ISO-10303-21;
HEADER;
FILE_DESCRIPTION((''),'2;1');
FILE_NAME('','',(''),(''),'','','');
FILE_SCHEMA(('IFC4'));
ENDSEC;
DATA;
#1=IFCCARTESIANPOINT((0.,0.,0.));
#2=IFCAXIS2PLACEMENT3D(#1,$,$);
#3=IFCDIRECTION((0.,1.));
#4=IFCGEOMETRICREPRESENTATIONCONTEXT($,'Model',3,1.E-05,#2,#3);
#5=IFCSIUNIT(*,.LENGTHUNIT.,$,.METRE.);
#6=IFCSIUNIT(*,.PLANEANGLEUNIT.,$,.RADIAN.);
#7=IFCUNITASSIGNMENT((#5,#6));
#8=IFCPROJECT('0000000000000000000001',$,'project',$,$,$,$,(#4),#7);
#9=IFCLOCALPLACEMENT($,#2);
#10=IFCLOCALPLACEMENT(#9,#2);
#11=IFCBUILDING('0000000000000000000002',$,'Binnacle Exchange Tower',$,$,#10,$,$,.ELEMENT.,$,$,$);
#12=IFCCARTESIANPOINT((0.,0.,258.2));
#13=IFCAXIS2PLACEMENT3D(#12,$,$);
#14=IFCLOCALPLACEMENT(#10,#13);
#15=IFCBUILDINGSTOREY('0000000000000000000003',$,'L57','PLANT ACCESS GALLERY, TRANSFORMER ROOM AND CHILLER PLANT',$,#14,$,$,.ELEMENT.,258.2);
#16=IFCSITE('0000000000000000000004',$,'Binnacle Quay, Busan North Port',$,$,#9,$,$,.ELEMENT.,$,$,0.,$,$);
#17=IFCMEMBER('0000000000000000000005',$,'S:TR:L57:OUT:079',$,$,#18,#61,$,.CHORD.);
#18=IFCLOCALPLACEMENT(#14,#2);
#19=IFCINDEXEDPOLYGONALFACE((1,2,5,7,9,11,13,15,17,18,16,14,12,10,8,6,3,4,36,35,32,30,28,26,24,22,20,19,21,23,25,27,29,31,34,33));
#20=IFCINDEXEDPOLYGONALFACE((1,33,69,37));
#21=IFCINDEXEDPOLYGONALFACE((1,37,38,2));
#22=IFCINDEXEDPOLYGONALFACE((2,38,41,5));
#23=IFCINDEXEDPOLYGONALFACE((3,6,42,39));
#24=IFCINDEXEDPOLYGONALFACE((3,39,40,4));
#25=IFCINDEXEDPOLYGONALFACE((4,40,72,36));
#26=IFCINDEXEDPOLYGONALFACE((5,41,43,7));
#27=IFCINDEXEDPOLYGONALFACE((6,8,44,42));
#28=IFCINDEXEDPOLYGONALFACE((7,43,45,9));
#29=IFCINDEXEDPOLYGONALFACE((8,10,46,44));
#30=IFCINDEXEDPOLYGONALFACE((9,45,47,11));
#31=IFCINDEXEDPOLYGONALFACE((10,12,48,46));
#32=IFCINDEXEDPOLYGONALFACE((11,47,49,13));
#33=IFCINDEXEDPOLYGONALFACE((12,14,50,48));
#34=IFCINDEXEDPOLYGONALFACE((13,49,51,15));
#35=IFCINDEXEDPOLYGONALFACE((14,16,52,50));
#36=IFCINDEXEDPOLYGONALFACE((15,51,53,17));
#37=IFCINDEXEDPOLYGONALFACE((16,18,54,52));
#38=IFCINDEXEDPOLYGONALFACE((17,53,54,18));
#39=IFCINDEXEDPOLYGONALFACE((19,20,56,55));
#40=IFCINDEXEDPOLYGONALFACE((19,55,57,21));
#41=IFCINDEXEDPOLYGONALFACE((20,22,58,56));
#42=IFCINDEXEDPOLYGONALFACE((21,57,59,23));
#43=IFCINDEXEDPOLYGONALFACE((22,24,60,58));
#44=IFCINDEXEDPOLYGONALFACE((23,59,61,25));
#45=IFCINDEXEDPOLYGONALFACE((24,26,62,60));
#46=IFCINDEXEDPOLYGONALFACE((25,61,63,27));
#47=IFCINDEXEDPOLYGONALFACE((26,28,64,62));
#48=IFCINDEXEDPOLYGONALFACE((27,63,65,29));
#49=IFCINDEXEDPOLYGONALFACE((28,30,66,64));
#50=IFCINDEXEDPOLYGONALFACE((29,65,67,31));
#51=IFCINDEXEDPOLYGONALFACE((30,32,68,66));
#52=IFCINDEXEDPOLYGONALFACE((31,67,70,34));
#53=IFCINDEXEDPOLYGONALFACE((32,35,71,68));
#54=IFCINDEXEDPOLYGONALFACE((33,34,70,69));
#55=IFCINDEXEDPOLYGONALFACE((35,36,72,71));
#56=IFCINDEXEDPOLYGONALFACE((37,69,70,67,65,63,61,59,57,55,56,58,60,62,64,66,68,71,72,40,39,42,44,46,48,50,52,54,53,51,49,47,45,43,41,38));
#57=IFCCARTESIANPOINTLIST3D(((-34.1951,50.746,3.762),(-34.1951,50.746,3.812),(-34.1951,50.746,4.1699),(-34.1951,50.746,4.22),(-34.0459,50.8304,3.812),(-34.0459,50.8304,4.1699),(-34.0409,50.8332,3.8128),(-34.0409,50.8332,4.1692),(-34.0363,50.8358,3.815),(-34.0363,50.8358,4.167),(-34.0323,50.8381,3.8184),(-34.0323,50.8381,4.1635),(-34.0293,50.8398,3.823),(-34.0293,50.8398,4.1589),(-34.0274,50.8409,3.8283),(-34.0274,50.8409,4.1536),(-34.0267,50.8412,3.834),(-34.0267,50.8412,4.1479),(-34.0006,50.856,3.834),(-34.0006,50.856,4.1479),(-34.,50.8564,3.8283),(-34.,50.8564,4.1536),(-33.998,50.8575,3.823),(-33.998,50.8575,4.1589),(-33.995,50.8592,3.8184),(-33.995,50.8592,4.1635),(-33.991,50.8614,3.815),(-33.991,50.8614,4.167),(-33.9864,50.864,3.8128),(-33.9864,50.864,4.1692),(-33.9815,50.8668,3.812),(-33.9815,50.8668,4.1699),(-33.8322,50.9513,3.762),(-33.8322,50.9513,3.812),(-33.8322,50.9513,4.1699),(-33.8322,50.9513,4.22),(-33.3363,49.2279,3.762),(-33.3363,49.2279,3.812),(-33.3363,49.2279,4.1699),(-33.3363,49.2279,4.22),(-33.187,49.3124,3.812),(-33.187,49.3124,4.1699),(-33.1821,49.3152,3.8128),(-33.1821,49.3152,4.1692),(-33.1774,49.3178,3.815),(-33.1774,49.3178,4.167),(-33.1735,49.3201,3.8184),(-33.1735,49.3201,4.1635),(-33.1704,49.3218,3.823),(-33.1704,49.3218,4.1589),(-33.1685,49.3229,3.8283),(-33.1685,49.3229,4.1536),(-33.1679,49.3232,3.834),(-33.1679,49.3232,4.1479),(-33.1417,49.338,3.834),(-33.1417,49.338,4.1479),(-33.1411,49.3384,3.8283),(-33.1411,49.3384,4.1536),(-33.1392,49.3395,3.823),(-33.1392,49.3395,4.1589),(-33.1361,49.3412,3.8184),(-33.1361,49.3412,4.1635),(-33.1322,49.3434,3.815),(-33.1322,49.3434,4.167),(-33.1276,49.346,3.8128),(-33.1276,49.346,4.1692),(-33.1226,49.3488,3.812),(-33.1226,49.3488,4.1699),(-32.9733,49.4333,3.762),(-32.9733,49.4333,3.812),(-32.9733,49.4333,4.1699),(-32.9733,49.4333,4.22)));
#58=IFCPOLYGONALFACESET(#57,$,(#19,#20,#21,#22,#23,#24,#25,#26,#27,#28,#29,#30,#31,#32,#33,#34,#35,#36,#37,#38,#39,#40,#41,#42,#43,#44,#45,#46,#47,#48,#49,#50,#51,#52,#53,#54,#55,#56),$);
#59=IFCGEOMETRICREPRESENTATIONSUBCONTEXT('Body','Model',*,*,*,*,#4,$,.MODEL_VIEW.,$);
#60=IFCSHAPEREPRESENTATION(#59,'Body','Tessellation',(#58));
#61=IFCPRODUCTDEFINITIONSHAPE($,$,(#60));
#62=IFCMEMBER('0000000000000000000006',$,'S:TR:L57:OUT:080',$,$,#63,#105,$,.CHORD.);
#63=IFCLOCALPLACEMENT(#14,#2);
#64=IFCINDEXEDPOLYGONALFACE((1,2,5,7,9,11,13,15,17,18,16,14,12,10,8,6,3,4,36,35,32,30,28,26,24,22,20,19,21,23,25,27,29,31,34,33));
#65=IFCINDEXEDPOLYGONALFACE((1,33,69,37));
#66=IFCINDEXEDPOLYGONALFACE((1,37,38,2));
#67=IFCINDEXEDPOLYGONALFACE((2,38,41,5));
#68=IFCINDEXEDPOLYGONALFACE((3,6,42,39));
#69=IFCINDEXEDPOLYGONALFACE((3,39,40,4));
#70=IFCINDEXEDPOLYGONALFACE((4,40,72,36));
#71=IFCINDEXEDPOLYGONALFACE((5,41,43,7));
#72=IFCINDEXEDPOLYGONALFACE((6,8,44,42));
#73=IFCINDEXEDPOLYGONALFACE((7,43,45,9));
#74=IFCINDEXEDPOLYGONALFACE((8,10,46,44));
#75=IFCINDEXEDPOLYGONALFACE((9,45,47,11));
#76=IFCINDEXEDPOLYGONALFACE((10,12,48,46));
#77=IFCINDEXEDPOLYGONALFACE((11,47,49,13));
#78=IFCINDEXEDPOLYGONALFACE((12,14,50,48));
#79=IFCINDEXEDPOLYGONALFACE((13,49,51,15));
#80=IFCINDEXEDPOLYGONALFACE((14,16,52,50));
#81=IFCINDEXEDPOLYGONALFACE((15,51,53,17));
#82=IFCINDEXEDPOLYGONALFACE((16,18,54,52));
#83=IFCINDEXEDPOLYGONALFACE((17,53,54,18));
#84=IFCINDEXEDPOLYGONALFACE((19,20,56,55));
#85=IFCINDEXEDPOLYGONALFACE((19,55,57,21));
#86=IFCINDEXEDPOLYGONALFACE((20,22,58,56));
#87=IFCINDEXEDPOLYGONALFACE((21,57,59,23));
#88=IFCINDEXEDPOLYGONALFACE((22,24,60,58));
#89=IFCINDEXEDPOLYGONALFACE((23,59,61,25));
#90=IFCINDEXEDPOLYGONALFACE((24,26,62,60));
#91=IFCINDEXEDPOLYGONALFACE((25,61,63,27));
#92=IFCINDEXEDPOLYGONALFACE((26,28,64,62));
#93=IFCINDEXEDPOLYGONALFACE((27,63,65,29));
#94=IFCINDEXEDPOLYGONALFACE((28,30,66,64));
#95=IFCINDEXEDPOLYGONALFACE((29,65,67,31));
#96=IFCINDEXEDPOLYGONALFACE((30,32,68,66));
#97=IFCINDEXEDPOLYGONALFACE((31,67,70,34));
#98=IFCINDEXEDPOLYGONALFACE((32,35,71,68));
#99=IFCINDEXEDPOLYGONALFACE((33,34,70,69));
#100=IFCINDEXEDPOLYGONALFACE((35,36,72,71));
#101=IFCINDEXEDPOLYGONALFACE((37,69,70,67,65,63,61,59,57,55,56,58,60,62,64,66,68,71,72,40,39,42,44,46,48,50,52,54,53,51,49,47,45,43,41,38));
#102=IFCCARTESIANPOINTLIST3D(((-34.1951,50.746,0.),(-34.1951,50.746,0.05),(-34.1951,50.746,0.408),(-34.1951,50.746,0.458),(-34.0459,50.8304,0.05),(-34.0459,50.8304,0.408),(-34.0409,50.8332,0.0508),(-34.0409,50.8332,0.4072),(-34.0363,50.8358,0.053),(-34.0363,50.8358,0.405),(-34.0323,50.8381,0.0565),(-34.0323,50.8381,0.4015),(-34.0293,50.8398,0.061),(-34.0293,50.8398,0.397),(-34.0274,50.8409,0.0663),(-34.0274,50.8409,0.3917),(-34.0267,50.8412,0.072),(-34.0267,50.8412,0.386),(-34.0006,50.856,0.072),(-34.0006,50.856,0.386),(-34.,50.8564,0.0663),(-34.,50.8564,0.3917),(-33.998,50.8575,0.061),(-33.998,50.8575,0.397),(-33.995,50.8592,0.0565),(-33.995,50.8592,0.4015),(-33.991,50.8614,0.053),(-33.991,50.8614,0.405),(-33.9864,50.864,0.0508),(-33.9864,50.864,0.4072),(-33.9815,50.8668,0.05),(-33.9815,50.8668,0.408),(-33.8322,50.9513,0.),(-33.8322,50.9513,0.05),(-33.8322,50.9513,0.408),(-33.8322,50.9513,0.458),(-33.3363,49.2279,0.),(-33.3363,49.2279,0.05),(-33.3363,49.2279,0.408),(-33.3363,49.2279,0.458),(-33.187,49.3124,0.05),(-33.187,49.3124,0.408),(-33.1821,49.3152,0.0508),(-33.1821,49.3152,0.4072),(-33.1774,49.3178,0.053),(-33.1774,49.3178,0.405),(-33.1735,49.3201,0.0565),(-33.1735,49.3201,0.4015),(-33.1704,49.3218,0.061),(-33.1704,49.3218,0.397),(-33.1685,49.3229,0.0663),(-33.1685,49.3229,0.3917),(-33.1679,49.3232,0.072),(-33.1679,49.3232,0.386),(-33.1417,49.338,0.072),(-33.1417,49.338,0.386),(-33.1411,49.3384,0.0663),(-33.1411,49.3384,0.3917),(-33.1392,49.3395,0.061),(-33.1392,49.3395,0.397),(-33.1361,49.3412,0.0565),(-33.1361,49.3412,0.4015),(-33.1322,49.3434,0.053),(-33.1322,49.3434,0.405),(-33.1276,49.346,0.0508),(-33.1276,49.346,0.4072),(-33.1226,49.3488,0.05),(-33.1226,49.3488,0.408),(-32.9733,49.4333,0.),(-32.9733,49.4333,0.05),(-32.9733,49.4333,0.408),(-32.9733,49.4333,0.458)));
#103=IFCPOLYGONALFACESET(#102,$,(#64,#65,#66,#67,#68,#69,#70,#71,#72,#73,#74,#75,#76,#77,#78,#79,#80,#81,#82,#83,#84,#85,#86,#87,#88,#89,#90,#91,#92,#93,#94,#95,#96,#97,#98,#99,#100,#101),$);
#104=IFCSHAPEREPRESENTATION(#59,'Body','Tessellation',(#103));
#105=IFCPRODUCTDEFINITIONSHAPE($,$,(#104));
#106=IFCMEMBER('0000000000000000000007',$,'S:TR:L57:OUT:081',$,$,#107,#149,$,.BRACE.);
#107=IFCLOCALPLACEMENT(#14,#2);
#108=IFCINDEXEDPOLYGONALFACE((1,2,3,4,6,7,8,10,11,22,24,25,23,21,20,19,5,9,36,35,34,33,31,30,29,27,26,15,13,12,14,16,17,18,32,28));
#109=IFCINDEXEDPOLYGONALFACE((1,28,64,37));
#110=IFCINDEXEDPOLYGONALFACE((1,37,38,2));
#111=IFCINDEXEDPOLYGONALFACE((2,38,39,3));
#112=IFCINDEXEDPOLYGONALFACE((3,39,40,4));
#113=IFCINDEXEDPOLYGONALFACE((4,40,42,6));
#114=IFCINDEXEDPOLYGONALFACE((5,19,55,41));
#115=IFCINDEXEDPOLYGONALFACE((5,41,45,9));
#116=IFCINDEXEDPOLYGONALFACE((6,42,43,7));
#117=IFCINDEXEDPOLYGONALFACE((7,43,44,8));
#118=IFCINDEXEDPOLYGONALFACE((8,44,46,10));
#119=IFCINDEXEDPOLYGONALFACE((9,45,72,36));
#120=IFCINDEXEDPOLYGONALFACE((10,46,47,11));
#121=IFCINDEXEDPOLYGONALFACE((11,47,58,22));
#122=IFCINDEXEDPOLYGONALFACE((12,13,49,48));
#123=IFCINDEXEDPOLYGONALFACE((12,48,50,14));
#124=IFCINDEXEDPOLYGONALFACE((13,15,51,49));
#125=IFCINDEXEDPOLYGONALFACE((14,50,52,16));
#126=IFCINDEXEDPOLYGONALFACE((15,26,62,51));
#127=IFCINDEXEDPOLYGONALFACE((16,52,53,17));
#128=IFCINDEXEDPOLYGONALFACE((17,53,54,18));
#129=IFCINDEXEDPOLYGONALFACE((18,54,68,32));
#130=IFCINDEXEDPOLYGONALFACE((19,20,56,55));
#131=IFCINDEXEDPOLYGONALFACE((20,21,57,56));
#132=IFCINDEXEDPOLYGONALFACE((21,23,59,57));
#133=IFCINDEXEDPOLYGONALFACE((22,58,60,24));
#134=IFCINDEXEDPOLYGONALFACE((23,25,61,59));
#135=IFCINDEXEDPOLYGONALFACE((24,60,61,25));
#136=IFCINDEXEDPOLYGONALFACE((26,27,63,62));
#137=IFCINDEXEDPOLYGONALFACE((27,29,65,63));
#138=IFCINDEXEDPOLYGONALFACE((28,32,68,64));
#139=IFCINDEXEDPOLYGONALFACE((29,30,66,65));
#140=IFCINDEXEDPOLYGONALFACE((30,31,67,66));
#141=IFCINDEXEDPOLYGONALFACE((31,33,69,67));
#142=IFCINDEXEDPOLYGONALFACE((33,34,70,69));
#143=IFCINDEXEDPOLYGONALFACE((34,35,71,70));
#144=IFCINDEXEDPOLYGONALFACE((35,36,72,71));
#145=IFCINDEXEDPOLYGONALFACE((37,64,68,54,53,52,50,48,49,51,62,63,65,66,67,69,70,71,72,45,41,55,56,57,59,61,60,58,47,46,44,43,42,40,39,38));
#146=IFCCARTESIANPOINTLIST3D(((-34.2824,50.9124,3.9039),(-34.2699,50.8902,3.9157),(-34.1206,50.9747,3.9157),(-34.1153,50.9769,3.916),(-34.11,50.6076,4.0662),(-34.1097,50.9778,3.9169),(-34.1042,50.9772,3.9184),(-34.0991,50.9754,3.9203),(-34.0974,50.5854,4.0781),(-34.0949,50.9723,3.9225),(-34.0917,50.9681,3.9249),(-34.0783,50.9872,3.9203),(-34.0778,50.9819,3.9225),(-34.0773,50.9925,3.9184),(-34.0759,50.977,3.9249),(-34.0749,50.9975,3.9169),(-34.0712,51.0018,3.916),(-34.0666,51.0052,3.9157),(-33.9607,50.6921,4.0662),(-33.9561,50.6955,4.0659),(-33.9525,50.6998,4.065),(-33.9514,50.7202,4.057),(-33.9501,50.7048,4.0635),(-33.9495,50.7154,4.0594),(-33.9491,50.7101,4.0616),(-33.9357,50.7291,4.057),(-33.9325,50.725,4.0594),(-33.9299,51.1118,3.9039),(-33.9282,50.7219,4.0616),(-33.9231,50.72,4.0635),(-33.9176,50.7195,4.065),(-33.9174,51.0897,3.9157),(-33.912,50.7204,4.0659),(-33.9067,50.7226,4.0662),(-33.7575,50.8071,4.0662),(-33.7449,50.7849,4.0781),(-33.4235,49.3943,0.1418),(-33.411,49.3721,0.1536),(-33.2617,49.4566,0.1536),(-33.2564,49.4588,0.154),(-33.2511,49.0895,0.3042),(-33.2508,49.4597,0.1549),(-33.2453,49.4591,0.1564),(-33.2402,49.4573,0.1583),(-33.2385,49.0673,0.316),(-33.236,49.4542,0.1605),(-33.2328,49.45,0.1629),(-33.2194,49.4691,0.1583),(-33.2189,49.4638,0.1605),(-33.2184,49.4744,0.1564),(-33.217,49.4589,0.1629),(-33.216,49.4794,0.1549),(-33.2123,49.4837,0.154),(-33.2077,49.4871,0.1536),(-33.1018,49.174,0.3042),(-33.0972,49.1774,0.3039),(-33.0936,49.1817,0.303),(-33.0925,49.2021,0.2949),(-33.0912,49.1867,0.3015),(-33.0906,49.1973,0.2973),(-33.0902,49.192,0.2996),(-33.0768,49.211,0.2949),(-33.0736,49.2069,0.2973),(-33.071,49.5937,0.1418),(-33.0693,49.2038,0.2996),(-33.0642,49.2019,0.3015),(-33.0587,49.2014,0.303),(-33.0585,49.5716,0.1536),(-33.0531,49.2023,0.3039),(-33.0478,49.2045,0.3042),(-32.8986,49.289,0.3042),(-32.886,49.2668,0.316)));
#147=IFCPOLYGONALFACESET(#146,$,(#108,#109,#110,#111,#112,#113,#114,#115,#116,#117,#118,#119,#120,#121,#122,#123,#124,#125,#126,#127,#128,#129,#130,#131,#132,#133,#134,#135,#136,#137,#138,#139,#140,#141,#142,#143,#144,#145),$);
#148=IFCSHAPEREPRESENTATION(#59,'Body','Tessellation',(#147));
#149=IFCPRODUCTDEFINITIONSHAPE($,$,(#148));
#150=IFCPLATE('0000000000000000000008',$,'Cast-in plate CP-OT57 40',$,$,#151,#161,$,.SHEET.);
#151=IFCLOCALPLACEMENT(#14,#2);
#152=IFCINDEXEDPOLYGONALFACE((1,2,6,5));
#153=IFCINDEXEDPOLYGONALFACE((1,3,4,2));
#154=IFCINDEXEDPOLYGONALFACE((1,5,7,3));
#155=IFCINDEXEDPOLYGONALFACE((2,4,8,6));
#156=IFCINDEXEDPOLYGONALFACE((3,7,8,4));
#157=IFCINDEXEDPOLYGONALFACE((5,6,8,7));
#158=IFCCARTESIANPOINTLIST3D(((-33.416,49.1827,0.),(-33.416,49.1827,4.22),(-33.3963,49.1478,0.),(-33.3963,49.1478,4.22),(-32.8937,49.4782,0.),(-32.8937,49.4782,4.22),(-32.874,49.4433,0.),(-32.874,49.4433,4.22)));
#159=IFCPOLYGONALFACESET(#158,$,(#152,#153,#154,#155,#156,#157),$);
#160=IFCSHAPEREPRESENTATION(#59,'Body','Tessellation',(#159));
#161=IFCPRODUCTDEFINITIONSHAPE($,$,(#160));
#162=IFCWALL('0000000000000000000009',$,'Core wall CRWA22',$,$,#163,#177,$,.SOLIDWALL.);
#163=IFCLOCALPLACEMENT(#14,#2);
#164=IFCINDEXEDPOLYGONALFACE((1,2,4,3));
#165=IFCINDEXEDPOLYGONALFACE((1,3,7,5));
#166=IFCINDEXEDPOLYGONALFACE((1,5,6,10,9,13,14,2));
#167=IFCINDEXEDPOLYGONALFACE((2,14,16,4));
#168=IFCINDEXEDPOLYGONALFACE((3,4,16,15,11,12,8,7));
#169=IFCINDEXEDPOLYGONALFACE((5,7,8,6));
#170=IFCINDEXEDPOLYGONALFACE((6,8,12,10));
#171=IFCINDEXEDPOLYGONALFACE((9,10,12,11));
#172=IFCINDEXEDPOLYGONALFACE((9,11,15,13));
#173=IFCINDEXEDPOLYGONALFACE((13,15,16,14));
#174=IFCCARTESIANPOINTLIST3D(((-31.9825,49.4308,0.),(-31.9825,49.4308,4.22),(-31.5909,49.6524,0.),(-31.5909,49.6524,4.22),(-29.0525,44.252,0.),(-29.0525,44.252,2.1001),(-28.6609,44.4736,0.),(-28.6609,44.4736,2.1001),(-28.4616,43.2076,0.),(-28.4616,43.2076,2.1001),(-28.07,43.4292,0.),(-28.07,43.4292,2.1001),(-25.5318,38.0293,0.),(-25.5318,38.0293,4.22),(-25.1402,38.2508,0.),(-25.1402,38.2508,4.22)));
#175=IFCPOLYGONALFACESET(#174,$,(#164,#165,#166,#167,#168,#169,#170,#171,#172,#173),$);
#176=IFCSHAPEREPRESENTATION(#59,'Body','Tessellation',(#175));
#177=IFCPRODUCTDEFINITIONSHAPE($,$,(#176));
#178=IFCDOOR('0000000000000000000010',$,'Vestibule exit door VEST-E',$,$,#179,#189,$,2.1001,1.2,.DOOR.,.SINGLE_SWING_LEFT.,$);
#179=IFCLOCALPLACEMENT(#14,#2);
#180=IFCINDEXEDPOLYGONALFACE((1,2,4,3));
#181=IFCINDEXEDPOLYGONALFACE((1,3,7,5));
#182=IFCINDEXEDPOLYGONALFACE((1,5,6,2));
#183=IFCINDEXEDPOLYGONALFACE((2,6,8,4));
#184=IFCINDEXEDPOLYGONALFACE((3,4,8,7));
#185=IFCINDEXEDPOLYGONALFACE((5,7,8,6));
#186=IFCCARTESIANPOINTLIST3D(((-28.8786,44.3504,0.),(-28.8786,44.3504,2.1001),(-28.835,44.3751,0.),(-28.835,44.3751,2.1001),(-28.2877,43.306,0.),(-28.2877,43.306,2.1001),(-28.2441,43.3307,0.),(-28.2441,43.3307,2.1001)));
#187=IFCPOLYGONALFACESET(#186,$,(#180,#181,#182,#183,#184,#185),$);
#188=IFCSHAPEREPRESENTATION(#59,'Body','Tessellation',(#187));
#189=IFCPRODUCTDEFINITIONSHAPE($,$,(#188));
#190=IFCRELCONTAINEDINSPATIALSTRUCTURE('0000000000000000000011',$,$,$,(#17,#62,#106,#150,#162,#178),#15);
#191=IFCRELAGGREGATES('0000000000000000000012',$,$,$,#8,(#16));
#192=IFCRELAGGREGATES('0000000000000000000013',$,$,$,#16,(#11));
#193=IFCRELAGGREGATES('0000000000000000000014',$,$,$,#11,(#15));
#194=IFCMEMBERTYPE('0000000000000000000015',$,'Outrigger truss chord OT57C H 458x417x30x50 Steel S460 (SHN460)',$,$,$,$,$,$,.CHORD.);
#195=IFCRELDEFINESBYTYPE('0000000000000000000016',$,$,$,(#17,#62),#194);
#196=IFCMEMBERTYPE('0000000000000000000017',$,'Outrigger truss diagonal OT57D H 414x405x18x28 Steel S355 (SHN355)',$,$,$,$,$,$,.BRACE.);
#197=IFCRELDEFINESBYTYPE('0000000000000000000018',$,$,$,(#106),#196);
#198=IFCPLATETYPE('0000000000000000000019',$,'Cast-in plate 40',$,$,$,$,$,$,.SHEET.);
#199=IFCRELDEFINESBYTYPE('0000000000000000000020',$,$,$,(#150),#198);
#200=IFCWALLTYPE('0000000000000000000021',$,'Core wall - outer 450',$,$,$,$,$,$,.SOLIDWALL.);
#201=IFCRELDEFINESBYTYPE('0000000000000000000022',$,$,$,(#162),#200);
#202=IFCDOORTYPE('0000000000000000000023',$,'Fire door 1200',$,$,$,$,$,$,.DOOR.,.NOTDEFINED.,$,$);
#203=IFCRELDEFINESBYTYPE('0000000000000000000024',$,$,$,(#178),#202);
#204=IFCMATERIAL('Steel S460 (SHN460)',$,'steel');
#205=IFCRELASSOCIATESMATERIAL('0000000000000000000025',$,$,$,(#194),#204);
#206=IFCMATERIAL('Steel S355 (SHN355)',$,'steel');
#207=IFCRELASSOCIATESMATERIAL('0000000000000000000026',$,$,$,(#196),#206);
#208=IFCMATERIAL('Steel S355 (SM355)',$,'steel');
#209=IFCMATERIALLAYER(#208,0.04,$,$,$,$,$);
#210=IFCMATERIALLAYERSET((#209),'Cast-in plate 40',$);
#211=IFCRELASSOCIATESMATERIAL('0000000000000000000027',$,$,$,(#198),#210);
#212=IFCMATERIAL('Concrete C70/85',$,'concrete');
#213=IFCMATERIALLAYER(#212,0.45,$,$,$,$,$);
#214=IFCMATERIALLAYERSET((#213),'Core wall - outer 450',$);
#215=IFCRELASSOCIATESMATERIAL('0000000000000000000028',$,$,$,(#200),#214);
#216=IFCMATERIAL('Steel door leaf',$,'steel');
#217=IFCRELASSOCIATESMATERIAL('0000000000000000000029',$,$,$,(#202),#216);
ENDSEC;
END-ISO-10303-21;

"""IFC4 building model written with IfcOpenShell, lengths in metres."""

from ifc_helpers import new_model, si_unit, direction, frame, frame_2d, origin, origin_2d, place, context, subcontext, project, spatial, rectangle, i_section, extrude, material, layer, layer_set, material_profile, profile_set, type_object, element, fill, save


model = new_model("IFC4")

# Units and contexts
model_context = context("Model", 3, precision=1e-05, world=origin(), true_north=direction((0.0, 1.0)))
body_context = subcontext(model_context, "Body", "Model", "MODEL_VIEW")
ifc_project = project(units=[si_unit("LENGTHUNIT", "METRE"), si_unit("PLANEANGLEUNIT", "RADIAN")], contexts=[model_context])

# Site, building, storey
site_placement = place(None, origin())
site = spatial("IfcSite", under=ifc_project, at=site_placement, Name="Binnacle Quay, Busan North Port", CompositionType="ELEMENT", RefElevation=0.0)
building_placement = place(site_placement, origin())
building = spatial("IfcBuilding", under=site, at=building_placement, Name="Binnacle Exchange Tower", CompositionType="ELEMENT")
storey_placement = place(building_placement, frame((0.0, 0.0, 258.2)))
storey = spatial("IfcBuildingStorey", under=building, at=storey_placement, Name="L57", Description="PLANT ACCESS GALLERY, TRANSFORMER ROOM AND CHILLER PLANT", CompositionType="ELEMENT", Elevation=258.2)

# Shared definitions
ifc_material_1 = material(Name="Steel S355 (SHN355)", Category="steel")

# Members
ifc_material_2 = material(Name="Steel S460 (SHN460)", Category="steel")
ifc_material_profile_1 = material_profile(ifc_material_2, i_section(OverallWidth=0.417, OverallDepth=0.458, WebThickness=0.03, FlangeThickness=0.05, FilletRadius=0.022, at=origin_2d()), Name="H 458x417x30x50")
ifc_profile_set_1 = profile_set([ifc_material_profile_1], Name="Steel S460 (SHN460)")
member_type_1 = type_object("IfcMemberType", Name="Outrigger truss chord OT57C H 458x417x30x50 Steel S460 (SHN460)", PredefinedType="CHORD", material=ifc_profile_set_1)
for number, where, z_axis, x_axis, name in (
    (1, (-34.0137, 50.8486, 3.991), (0.492426, -0.870354, 0.0), (0.870354, 0.492426, 0.0), "S:TR:L57:OUT:079"),
    (2, (-34.0137, 50.8486, 0.229), (0.492426, -0.870354, 0.0), (0.870354, 0.492426, 0.0), "S:TR:L57:OUT:080"),
):
    element("IfcMember", number, at=place(storey_placement, frame(where, z_axis=z_axis, x_axis=x_axis)), inside=storey, type_object=member_type_1, Name=name, PredefinedType="CHORD", context=body_context, shape_type="SweptSolid", body=[
        extrude(i_section(OverallWidth=0.417, OverallDepth=0.458, WebThickness=0.03, FlangeThickness=0.05, FilletRadius=0.022, at=origin_2d()), origin(), (0.0, 0.0, 1.0), 1.7441),
    ])
ifc_material_profile_2 = material_profile(ifc_material_1, i_section(OverallWidth=0.405, OverallDepth=0.4141, WebThickness=0.0181, FlangeThickness=0.0281, FilletRadius=0.022, at=origin_2d()), Name="H 414x405x18x28")
ifc_profile_set_2 = profile_set([ifc_material_profile_2], Name="Steel S355 (SHN355)")
member_type_2 = type_object("IfcMemberType", Name="Outrigger truss diagonal OT57D H 414x405x18x28 Steel S355 (SHN355)", PredefinedType="BRACE", material=ifc_profile_set_2)
member_1_placement = place(storey_placement, frame((-34.0137, 50.8486, 3.991), z_axis=(0.207129, -0.366096, -0.907233), x_axis=(0.870354, 0.492426, 0.0)))
element("IfcMember", 3, at=member_1_placement, inside=storey, type_object=member_type_2, Name="S:TR:L57:OUT:081", PredefinedType="BRACE", context=body_context, shape_type="SweptSolid", body=[
    extrude(i_section(OverallWidth=0.405, OverallDepth=0.4141, WebThickness=0.0181, FlangeThickness=0.0281, FilletRadius=0.022, at=origin_2d()), origin(), (0.0, 0.0, 1.0), 4.1467),
])

# Plate
ifc_material_3 = material(Name="Steel S355 (SM355)", Category="steel")
ifc_layer_1 = layer(ifc_material_3, 0.04)
ifc_layer_set_1 = layer_set([ifc_layer_1], Name="Cast-in plate 40")
plate_type = type_object("IfcPlateType", Name="Cast-in plate 40", PredefinedType="SHEET", material=ifc_layer_set_1)
plate_placement = place(storey_placement, frame((-33.145, 49.313, 0.0), z_axis=(0.0, 0.0, 1.0), x_axis=(0.492424, -0.870356, 0.0)))
element("IfcPlate", 4, at=plate_placement, inside=storey, type_object=plate_type, Name="Cast-in plate CP-OT57 40", PredefinedType="SHEET", context=body_context, shape_type="SweptSolid", body=[
    extrude(rectangle(XDim=0.04, YDim=0.6001, at=origin_2d()), origin(), (0.0, 0.0, 1.0), 4.22),
])

# Wall, opening, door
ifc_material_4 = material(Name="Concrete C70/85", Category="concrete")
ifc_layer_2 = layer(ifc_material_4, 0.45)
ifc_layer_set_2 = layer_set([ifc_layer_2], Name="Core wall - outer 450")
wall_type_1 = type_object("IfcWallType", Name="Core wall - outer 450", PredefinedType="SOLIDWALL", material=ifc_layer_set_2)
wall_1_placement = place(storey_placement, frame((-31.7866, 49.5415, 0.0), z_axis=(0.0, 0.0, 1.0), x_axis=(0.492421, -0.870357, 0.0)))
wall_1 = element("IfcWall", 5, at=wall_1_placement, inside=storey, type_object=wall_type_1, Name="Core wall CRWA22", PredefinedType="SOLIDWALL", context=body_context, shape_type="SweptSolid", body=[
    extrude(rectangle(XDim=13.0999, YDim=0.45, at=frame_2d((6.5498, 0.0))), origin(), (0.0, 0.0, 1.0), 4.22),
])
opening_1_placement = place(wall_1_placement, frame((5.95, 0.0, 0.0)))
opening_1 = element("IfcOpeningElement", 6, at=opening_1_placement, cuts=wall_1, PredefinedType="OPENING", context=body_context, shape_type="SweptSolid", body=[
    extrude(rectangle(XDim=1.2, YDim=2.1001, at=frame_2d((0.6001, 1.05))), frame((0.0, 0.2349, 0.0), z_axis=(0.0, -1.0, 0.0), x_axis=(1.0, 0.0, 0.0)), (0.0, 0.0, 1.0), 0.47),
])
ifc_material_5 = material(Name="Steel door leaf", Category="steel")
door_type = type_object("IfcDoorType", Name="Fire door 1200", OperationType="NOTDEFINED", PredefinedType="DOOR", material=ifc_material_5)
door_1_placement = place(opening_1_placement, origin())
door_1 = element("IfcDoor", 7, at=door_1_placement, inside=storey, type_object=door_type, Name="Vestibule exit door VEST-E", OperationType="SINGLE_SWING_LEFT", OverallHeight=2.1001, OverallWidth=1.2, PredefinedType="DOOR", context=body_context, shape_type="SweptSolid", body=[
    extrude(rectangle(XDim=1.2, YDim=2.1001, at=frame_2d((0.6001, 1.05))), frame((0.0, 0.0249, 0.0), z_axis=(0.0, -1.0, 0.0), x_axis=(1.0, 0.0, 0.0)), (0.0, 0.0, 1.0), 0.05),
])
fill(opening_1, door_1)

save(model, "model.ifc")
